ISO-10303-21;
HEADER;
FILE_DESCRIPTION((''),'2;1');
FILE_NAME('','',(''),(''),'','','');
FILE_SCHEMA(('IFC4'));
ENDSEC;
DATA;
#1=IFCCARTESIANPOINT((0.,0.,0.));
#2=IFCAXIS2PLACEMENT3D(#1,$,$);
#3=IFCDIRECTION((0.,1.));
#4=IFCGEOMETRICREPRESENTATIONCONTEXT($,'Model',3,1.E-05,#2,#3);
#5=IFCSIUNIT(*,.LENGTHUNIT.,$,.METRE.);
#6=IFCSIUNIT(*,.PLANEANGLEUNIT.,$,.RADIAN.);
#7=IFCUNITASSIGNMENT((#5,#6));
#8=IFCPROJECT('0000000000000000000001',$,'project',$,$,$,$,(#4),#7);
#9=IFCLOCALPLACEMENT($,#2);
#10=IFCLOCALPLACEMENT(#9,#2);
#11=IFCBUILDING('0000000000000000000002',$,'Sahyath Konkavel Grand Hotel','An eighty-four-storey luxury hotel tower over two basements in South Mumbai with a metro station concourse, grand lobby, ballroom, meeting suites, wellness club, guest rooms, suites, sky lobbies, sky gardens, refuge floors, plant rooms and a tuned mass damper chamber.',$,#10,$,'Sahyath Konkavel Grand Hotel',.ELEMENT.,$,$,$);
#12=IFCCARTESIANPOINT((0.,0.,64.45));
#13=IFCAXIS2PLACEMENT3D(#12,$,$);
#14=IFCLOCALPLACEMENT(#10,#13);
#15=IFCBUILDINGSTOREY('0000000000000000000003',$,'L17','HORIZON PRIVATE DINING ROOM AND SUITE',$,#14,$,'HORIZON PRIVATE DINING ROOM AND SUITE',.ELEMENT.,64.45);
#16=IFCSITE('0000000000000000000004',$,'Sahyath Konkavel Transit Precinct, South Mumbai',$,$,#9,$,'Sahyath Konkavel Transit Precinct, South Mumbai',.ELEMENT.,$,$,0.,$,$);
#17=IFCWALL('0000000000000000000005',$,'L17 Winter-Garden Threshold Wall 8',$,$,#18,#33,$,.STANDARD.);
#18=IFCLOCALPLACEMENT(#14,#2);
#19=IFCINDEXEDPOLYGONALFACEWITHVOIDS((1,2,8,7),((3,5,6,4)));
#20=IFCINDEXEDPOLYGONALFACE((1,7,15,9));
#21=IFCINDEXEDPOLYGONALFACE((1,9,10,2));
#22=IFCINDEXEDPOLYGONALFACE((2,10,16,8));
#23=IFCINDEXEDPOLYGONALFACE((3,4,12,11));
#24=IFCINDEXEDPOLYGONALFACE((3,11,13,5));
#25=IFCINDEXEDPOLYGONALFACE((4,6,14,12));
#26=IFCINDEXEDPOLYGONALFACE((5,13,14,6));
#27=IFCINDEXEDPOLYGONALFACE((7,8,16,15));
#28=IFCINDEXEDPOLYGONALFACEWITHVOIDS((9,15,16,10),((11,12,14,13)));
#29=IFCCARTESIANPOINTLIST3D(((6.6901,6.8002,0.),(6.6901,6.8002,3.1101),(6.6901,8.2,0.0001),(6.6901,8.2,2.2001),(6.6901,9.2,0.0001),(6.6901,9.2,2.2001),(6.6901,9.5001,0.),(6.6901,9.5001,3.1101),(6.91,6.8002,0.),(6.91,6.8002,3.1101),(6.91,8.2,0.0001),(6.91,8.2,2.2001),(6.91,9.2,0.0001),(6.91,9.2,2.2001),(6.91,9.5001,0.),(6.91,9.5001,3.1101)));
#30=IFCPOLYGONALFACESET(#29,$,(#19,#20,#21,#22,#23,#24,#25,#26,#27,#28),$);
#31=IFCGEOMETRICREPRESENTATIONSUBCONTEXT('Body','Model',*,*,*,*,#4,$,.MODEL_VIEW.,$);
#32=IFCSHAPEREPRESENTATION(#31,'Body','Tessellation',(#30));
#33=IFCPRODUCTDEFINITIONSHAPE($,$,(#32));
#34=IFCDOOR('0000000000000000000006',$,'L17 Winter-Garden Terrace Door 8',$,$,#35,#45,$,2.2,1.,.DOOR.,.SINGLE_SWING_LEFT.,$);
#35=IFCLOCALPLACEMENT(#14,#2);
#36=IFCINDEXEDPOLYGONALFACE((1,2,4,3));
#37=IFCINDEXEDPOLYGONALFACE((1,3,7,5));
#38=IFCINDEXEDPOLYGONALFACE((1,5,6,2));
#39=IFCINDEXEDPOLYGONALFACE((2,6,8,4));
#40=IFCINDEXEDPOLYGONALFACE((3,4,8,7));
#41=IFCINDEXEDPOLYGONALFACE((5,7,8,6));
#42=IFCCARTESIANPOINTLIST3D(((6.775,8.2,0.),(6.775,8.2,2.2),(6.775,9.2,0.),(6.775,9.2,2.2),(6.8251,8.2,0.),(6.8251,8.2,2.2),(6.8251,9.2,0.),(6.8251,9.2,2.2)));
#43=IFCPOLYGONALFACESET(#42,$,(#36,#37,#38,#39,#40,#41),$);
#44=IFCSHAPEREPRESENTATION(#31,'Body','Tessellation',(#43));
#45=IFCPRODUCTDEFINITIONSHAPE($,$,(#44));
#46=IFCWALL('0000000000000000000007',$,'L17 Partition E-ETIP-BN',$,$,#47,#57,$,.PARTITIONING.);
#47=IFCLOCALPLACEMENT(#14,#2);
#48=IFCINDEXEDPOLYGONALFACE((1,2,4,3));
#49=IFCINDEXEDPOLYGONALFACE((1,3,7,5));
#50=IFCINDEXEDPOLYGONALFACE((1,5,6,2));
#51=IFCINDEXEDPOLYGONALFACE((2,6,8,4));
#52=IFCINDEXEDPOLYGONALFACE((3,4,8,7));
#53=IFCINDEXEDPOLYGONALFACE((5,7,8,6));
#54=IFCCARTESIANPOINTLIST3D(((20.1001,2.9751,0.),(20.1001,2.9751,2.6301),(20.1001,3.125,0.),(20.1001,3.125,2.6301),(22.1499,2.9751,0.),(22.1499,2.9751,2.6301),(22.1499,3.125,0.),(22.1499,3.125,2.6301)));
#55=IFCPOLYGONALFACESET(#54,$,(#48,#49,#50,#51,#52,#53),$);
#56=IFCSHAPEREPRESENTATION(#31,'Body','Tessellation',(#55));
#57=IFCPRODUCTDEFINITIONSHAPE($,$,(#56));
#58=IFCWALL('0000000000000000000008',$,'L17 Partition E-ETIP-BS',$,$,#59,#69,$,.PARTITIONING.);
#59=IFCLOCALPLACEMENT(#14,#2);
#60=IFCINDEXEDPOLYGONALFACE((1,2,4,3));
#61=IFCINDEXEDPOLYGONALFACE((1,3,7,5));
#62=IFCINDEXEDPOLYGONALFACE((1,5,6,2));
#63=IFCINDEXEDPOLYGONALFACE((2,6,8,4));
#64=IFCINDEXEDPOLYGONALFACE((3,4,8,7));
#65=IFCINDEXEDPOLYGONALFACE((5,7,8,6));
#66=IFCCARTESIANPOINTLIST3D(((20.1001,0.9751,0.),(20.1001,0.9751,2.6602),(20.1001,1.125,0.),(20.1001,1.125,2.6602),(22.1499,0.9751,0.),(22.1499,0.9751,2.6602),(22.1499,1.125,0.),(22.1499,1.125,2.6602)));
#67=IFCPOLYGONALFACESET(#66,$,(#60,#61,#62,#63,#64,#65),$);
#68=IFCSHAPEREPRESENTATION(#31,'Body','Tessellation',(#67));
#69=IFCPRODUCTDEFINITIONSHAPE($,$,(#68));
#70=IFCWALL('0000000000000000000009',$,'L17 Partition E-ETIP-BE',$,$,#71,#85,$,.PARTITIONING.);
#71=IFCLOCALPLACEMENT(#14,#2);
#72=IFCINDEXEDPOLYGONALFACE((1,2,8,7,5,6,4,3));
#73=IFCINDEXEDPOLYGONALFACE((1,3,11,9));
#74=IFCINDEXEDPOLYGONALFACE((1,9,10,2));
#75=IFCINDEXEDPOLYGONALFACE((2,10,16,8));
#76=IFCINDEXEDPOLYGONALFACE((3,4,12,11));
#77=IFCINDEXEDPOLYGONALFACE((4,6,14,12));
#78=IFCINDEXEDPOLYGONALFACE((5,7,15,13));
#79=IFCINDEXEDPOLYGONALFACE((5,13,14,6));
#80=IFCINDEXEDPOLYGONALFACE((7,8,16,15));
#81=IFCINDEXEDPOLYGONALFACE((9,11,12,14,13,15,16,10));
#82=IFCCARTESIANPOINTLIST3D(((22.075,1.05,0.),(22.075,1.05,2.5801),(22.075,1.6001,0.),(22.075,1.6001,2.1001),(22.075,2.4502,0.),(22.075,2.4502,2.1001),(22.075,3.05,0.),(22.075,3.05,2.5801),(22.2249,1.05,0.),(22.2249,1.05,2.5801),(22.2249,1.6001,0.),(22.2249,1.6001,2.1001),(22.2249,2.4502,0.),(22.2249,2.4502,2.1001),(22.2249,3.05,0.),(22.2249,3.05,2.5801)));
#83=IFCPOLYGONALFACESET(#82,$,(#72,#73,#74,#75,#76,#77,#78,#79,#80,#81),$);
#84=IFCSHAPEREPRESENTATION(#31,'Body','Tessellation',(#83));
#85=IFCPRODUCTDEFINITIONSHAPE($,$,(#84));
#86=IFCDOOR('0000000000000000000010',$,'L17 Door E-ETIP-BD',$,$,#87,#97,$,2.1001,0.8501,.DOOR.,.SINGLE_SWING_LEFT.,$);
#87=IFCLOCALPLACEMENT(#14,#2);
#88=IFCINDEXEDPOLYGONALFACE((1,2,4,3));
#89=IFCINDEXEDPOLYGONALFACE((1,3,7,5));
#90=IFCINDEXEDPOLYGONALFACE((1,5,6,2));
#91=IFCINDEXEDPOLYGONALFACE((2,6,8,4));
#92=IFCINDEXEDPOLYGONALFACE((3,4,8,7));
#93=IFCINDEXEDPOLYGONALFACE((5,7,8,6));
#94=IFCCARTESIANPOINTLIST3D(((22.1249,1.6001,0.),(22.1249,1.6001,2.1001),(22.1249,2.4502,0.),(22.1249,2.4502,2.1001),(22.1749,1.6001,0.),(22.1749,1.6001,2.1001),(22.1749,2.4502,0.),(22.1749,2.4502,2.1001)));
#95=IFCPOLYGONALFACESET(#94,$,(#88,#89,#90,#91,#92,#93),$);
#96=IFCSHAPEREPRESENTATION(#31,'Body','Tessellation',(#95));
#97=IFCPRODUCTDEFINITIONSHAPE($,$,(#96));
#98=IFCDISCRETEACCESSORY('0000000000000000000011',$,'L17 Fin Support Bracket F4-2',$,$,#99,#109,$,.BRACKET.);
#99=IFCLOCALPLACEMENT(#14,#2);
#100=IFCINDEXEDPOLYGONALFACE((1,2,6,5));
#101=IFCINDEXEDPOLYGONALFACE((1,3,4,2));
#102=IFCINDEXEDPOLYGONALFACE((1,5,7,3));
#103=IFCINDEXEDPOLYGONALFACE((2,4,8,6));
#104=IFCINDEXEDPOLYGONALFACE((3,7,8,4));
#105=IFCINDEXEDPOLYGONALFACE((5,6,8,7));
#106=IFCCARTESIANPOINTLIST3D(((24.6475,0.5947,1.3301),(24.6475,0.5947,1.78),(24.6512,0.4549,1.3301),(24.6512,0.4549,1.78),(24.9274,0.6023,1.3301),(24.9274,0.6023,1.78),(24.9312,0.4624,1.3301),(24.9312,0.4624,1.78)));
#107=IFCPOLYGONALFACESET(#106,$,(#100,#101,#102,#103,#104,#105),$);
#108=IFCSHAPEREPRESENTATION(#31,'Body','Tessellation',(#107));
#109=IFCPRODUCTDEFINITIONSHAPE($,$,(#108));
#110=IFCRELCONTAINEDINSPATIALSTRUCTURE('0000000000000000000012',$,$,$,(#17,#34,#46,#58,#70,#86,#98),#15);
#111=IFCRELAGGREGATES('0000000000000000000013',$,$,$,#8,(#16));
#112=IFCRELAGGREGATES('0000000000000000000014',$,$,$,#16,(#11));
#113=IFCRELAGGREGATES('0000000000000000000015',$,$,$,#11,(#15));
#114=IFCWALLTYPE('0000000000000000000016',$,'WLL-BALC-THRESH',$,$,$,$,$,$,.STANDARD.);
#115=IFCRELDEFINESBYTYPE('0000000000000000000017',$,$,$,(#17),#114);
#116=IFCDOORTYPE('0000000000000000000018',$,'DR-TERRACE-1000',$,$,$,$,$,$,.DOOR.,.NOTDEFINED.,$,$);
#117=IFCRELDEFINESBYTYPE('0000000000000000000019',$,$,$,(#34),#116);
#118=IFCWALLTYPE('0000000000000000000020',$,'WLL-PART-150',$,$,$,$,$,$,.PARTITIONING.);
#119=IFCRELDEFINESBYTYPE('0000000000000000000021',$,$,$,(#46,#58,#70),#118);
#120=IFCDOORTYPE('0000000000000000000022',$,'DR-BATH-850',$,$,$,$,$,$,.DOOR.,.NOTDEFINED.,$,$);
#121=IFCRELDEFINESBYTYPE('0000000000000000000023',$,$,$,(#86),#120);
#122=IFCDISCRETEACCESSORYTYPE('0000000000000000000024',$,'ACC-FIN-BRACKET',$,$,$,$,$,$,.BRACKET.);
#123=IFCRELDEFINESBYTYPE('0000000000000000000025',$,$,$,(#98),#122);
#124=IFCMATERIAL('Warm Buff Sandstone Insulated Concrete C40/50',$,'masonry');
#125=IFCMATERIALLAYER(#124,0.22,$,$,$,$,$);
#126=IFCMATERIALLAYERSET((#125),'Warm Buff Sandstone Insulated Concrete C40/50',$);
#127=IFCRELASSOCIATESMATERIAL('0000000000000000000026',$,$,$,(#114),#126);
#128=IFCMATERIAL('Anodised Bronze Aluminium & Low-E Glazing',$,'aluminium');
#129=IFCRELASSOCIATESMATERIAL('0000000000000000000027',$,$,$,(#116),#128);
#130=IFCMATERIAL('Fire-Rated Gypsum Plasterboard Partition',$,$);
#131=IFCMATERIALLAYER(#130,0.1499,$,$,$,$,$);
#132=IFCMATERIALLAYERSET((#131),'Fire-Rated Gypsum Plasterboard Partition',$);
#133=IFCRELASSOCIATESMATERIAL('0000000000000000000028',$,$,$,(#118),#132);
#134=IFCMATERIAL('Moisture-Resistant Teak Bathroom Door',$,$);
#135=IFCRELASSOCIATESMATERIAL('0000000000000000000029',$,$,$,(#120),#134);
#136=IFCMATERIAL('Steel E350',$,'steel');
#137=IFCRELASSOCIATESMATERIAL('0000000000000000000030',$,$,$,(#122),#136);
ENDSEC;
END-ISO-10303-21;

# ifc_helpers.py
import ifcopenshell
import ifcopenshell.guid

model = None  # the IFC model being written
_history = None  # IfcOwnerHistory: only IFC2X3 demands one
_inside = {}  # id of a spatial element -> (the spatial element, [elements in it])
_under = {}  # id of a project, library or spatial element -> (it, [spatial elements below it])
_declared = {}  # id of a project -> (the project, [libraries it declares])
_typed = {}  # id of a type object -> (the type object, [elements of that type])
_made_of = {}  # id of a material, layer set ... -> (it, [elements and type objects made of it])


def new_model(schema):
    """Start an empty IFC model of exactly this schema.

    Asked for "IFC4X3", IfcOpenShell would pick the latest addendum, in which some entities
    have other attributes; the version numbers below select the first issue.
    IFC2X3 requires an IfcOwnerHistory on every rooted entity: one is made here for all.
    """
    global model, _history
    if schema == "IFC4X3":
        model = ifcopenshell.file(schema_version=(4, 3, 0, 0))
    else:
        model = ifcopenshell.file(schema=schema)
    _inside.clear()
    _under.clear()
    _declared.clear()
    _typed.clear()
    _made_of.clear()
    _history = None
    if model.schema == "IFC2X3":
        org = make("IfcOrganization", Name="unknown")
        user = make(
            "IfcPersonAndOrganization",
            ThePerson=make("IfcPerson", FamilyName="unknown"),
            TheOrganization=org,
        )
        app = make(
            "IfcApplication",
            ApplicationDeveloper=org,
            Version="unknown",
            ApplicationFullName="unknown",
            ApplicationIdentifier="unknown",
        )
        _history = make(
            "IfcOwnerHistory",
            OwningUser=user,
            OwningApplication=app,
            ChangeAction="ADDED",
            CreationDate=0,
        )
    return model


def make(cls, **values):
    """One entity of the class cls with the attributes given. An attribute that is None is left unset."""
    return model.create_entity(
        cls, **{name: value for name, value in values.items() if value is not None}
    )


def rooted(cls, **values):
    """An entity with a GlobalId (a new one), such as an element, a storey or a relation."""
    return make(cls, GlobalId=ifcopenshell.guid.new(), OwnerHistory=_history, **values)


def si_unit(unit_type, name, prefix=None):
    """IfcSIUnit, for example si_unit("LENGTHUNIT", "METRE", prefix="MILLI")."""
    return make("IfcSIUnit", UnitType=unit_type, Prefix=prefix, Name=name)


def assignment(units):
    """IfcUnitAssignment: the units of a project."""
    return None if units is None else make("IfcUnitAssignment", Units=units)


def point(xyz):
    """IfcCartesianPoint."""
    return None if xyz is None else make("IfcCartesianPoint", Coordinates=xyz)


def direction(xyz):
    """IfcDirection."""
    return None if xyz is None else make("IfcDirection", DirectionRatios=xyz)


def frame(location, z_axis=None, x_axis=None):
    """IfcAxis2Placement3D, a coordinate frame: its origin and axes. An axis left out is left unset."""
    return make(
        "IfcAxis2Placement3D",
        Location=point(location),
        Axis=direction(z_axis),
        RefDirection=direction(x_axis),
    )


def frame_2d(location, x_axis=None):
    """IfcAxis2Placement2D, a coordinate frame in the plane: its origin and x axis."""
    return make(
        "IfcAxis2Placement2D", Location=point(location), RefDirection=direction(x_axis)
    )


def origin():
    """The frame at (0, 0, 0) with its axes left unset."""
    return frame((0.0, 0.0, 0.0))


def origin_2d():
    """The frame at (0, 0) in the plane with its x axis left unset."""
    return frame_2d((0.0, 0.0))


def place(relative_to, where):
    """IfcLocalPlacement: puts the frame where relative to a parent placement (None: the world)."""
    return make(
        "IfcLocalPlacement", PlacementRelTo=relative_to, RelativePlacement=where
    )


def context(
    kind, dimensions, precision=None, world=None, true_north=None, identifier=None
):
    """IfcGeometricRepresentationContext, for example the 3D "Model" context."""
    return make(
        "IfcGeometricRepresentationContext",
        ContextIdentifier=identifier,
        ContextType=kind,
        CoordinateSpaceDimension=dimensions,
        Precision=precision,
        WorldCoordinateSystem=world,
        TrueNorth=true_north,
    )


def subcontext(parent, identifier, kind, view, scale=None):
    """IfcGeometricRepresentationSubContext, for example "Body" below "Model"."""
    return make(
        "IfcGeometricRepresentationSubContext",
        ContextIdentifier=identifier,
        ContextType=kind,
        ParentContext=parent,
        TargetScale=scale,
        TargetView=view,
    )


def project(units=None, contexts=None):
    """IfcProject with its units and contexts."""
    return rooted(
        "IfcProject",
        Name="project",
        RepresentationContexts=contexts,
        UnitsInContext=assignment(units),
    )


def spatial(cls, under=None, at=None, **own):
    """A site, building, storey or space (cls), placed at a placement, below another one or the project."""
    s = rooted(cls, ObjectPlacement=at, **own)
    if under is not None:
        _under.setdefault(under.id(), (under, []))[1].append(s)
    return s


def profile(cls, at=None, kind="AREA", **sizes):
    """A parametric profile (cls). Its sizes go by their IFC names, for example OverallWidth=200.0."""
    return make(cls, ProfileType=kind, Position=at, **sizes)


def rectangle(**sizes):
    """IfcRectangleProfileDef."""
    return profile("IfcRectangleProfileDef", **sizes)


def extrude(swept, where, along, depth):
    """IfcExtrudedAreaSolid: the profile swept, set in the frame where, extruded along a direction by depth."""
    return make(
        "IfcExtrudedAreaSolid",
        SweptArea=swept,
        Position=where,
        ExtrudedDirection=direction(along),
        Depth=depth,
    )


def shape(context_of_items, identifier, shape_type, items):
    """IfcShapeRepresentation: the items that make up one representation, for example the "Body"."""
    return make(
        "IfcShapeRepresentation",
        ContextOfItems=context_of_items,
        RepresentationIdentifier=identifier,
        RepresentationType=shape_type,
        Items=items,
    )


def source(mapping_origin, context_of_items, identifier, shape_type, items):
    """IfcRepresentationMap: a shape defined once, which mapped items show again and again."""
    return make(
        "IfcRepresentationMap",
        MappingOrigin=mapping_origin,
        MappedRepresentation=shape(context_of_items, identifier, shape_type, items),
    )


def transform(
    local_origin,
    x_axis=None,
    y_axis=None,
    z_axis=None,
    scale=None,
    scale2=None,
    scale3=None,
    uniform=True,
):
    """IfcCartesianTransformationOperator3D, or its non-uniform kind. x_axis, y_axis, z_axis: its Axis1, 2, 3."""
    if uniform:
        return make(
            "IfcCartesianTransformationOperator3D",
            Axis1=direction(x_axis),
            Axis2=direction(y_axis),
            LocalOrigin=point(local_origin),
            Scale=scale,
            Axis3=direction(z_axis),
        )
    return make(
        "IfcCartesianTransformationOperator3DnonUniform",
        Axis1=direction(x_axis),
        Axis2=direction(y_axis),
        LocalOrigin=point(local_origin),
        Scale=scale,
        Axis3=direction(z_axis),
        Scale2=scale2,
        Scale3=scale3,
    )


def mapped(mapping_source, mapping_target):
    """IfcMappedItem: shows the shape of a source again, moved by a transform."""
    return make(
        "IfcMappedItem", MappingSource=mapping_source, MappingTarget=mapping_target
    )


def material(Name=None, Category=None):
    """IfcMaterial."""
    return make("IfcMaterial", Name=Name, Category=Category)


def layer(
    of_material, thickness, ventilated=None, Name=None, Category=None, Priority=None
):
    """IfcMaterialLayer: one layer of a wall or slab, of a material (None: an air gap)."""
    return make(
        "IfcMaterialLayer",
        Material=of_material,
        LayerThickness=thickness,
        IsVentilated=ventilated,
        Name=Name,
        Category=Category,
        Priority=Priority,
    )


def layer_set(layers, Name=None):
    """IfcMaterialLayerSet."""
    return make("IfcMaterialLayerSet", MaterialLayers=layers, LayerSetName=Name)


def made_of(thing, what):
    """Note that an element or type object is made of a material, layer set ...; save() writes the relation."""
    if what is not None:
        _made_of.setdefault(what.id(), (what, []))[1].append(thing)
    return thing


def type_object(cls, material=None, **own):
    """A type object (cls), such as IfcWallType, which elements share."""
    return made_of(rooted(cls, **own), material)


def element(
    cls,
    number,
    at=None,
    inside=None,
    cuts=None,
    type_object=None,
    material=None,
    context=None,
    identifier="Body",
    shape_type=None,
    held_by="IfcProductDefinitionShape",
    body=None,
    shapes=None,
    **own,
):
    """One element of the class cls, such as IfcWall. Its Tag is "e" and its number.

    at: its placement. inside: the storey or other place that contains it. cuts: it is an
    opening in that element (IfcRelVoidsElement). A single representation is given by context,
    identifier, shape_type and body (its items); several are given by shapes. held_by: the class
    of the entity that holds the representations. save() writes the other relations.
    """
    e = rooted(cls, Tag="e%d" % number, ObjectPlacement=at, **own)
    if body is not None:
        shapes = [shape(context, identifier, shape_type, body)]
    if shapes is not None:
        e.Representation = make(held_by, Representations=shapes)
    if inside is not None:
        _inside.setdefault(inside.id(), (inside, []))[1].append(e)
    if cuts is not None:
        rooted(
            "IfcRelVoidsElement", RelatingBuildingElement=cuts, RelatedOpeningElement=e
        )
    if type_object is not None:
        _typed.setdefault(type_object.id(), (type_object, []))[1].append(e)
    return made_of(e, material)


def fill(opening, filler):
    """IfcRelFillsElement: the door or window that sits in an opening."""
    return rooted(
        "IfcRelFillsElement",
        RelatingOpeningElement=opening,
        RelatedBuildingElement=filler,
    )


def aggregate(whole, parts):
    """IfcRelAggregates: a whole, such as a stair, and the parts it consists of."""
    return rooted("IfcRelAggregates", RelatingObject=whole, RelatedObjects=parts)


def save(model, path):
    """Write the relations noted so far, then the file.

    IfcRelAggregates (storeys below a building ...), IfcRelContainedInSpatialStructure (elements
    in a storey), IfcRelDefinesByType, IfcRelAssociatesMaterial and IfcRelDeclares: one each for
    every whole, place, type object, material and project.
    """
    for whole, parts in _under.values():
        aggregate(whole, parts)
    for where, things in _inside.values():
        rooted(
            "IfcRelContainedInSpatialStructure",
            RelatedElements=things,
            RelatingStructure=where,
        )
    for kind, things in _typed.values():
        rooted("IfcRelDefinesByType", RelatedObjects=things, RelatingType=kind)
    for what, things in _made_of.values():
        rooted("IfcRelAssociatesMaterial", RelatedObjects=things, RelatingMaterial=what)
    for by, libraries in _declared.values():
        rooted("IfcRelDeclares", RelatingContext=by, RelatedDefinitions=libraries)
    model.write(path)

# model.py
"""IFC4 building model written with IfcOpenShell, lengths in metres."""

from ifc_helpers import new_model, si_unit, direction, frame, frame_2d, origin, origin_2d, place, context, subcontext, project, spatial, rectangle, extrude, source, transform, mapped, material, layer, layer_set, type_object, element, fill, save


model = new_model("IFC4")

# Units and contexts
model_context = context("Model", 3, precision=1e-05, world=origin(), true_north=direction((0.0, 1.0)))
body_context = subcontext(model_context, "Body", "Model", "MODEL_VIEW")
ifc_project = project(units=[si_unit("LENGTHUNIT", "METRE"), si_unit("PLANEANGLEUNIT", "RADIAN")], contexts=[model_context])

# Site, building, storey
site_placement = place(None, origin())
site = spatial("IfcSite", under=ifc_project, at=site_placement, Name="Sahyath Konkavel Transit Precinct, South Mumbai", LongName="Sahyath Konkavel Transit Precinct, South Mumbai", CompositionType="ELEMENT", RefElevation=0.0)
building_placement = place(site_placement, origin())
building = spatial("IfcBuilding", under=site, at=building_placement, Name="Sahyath Konkavel Grand Hotel", Description="An eighty-four-storey luxury hotel tower over two basements in South Mumbai with a metro station concourse, grand lobby, ballroom, meeting suites, wellness club, guest rooms, suites, sky lobbies, sky gardens, refuge floors, plant rooms and a tuned mass damper chamber.", LongName="Sahyath Konkavel Grand Hotel", CompositionType="ELEMENT")
storey_placement = place(building_placement, frame((0.0, 0.0, 64.45)))
storey = spatial("IfcBuildingStorey", under=building, at=storey_placement, Name="L17", Description="HORIZON PRIVATE DINING ROOM AND SUITE", LongName="HORIZON PRIVATE DINING ROOM AND SUITE", CompositionType="ELEMENT", Elevation=64.45)

# Shared definitions
ifc_material_1 = material(Name="Steel E350", Category="steel")

# Shared definitions
ifc_material_2 = material(Name="Anodised Bronze Aluminium & Low-E Glazing", Category="aluminium")

# Shared definitions
ifc_material_3 = material(Name="Warm Buff Sandstone Insulated Concrete C40/50", Category="masonry")
ifc_layer_1 = layer(ifc_material_3, 0.22)
ifc_layer_set_1 = layer_set([ifc_layer_1], Name="Warm Buff Sandstone Insulated Concrete C40/50")
wall_type_1 = type_object("IfcWallType", Name="WLL-BALC-THRESH", PredefinedType="STANDARD", material=ifc_layer_set_1)

# Wall, opening, door
wall_1_placement = place(storey_placement, frame((6.8, 6.8, 0.0), z_axis=(0.0, 0.0, 1.0), x_axis=(0.0, 1.0, 0.0)))
wall_1 = element("IfcWall", 1, at=wall_1_placement, inside=storey, type_object=wall_type_1, Name="L17 Winter-Garden Threshold Wall 8", PredefinedType="STANDARD", context=body_context, shape_type="SweptSolid", body=[
    extrude(rectangle(XDim=2.7, YDim=0.22, at=frame_2d((1.3501, 0.0))), origin(), (0.0, 0.0, 1.0), 3.1101),
])
opening_1_placement = place(wall_1_placement, frame((1.3999, 0.0, 0.0)))
opening_1 = element("IfcOpeningElement", 2, at=opening_1_placement, cuts=wall_1, PredefinedType="OPENING", context=body_context, shape_type="SweptSolid", body=[
    extrude(rectangle(XDim=1.0, YDim=2.2, at=frame_2d((0.5, 1.1001))), frame((0.0, 0.1201, 0.0), z_axis=(0.0, -1.0, 0.0), x_axis=(1.0, 0.0, 0.0)), (0.0, 0.0, 1.0), 0.24),
])
door_type_1 = type_object("IfcDoorType", Name="DR-TERRACE-1000", OperationType="NOTDEFINED", PredefinedType="DOOR", material=ifc_material_2)
shared_shape_1 = source(origin(), body_context, "Body", "SweptSolid", [
    extrude(rectangle(XDim=1.0, YDim=0.05, at=origin_2d()), origin(), (0.0, 0.0, 1.0), 2.2),
])
door_1_placement = place(opening_1_placement, frame((0.5, 0.0, 0.0)))
door_1 = element("IfcDoor", 3, at=door_1_placement, inside=storey, type_object=door_type_1, Name="L17 Winter-Garden Terrace Door 8", OperationType="SINGLE_SWING_LEFT", OverallHeight=2.2, OverallWidth=1.0, PredefinedType="DOOR", context=body_context, shape_type="MappedRepresentation", body=[
    mapped(shared_shape_1, transform((0.0, 0.0, 0.0), scale=1.0)),
])
fill(opening_1, door_1)

# Walls
ifc_material_4 = material(Name="Fire-Rated Gypsum Plasterboard Partition")
ifc_layer_2 = layer(ifc_material_4, 0.1499)
ifc_layer_set_2 = layer_set([ifc_layer_2], Name="Fire-Rated Gypsum Plasterboard Partition")
wall_type_2 = type_object("IfcWallType", Name="WLL-PART-150", PredefinedType="PARTITIONING", material=ifc_layer_set_2)
wall_2_placement = place(storey_placement, frame((20.1001, 3.05, 0.0), z_axis=(0.0, 0.0, 1.0), x_axis=(1.0, 0.0, 0.0)))
element("IfcWall", 4, at=wall_2_placement, inside=storey, type_object=wall_type_2, Name="L17 Partition E-ETIP-BN", PredefinedType="PARTITIONING", context=body_context, shape_type="SweptSolid", body=[
    extrude(rectangle(XDim=2.0498, YDim=0.1499, at=frame_2d((1.0249, 0.0))), origin(), (0.0, 0.0, 1.0), 2.6301),
])
wall_3_placement = place(storey_placement, frame((20.1001, 1.05, 0.0), z_axis=(0.0, 0.0, 1.0), x_axis=(1.0, 0.0, 0.0)))
element("IfcWall", 5, at=wall_3_placement, inside=storey, type_object=wall_type_2, Name="L17 Partition E-ETIP-BS", PredefinedType="PARTITIONING", context=body_context, shape_type="SweptSolid", body=[
    extrude(rectangle(XDim=2.0498, YDim=0.1499, at=frame_2d((1.0249, 0.0))), origin(), (0.0, 0.0, 1.0), 2.6602),
])

# Wall, opening, door
wall_4_placement = place(storey_placement, frame((22.1499, 1.05, 0.0), z_axis=(0.0, 0.0, 1.0), x_axis=(0.0, 1.0, 0.0)))
wall_4 = element("IfcWall", 6, at=wall_4_placement, inside=storey, type_object=wall_type_2, Name="L17 Partition E-ETIP-BE", PredefinedType="PARTITIONING", context=body_context, shape_type="SweptSolid", body=[
    extrude(rectangle(XDim=2.0, YDim=0.1499, at=frame_2d((1.0, 0.0))), origin(), (0.0, 0.0, 1.0), 2.5801),
])
opening_2_placement = place(wall_4_placement, frame((0.55, 0.0, 0.0)))
opening_2 = element("IfcOpeningElement", 7, at=opening_2_placement, cuts=wall_4, PredefinedType="OPENING", context=body_context, shape_type="SweptSolid", body=[
    extrude(rectangle(XDim=0.8501, YDim=2.1001, at=frame_2d((0.425, 1.05))), frame((0.0, 0.085, 0.0), z_axis=(0.0, -1.0, 0.0), x_axis=(1.0, 0.0, 0.0)), (0.0, 0.0, 1.0), 0.1699),
])
ifc_material_5 = material(Name="Moisture-Resistant Teak Bathroom Door")
door_type_2 = type_object("IfcDoorType", Name="DR-BATH-850", OperationType="NOTDEFINED", PredefinedType="DOOR", material=ifc_material_5)
shared_shape_2 = source(origin(), body_context, "Body", "SweptSolid", [
    extrude(rectangle(XDim=0.8501, YDim=0.05, at=origin_2d()), origin(), (0.0, 0.0, 1.0), 2.1001),
])
door_2_placement = place(opening_2_placement, frame((0.425, 0.0, 0.0)))
door_2 = element("IfcDoor", 8, at=door_2_placement, inside=storey, type_object=door_type_2, Name="L17 Door E-ETIP-BD", OperationType="SINGLE_SWING_LEFT", OverallHeight=2.1001, OverallWidth=0.8501, PredefinedType="DOOR", context=body_context, shape_type="MappedRepresentation", body=[
    mapped(shared_shape_2, transform((0.0, 0.0, 0.0), scale=1.0)),
])
fill(opening_2, door_2)

# Discrete accessory
discrete_accessory_type = type_object("IfcDiscreteAccessoryType", Name="ACC-FIN-BRACKET", PredefinedType="BRACKET", material=ifc_material_1)
shared_shape_3 = source(origin(), body_context, "Body", "SweptSolid", [
    extrude(rectangle(XDim=0.28, YDim=0.1399, at=origin_2d()), origin(), (0.0, 0.0, 1.0), 0.45),
])
discrete_accessory_placement = place(storey_placement, frame((24.7893, 0.5286, 1.3301), z_axis=(0.0, 0.0, 1.0), x_axis=(0.999638, 0.02691, 0.0)))
element("IfcDiscreteAccessory", 9, at=discrete_accessory_placement, inside=storey, type_object=discrete_accessory_type, Name="L17 Fin Support Bracket F4-2", PredefinedType="BRACKET", context=body_context, shape_type="MappedRepresentation", body=[
    mapped(shared_shape_3, transform((0.0, 0.0, 0.0), scale=1.0)),
])

save(model, "model.ifc")
